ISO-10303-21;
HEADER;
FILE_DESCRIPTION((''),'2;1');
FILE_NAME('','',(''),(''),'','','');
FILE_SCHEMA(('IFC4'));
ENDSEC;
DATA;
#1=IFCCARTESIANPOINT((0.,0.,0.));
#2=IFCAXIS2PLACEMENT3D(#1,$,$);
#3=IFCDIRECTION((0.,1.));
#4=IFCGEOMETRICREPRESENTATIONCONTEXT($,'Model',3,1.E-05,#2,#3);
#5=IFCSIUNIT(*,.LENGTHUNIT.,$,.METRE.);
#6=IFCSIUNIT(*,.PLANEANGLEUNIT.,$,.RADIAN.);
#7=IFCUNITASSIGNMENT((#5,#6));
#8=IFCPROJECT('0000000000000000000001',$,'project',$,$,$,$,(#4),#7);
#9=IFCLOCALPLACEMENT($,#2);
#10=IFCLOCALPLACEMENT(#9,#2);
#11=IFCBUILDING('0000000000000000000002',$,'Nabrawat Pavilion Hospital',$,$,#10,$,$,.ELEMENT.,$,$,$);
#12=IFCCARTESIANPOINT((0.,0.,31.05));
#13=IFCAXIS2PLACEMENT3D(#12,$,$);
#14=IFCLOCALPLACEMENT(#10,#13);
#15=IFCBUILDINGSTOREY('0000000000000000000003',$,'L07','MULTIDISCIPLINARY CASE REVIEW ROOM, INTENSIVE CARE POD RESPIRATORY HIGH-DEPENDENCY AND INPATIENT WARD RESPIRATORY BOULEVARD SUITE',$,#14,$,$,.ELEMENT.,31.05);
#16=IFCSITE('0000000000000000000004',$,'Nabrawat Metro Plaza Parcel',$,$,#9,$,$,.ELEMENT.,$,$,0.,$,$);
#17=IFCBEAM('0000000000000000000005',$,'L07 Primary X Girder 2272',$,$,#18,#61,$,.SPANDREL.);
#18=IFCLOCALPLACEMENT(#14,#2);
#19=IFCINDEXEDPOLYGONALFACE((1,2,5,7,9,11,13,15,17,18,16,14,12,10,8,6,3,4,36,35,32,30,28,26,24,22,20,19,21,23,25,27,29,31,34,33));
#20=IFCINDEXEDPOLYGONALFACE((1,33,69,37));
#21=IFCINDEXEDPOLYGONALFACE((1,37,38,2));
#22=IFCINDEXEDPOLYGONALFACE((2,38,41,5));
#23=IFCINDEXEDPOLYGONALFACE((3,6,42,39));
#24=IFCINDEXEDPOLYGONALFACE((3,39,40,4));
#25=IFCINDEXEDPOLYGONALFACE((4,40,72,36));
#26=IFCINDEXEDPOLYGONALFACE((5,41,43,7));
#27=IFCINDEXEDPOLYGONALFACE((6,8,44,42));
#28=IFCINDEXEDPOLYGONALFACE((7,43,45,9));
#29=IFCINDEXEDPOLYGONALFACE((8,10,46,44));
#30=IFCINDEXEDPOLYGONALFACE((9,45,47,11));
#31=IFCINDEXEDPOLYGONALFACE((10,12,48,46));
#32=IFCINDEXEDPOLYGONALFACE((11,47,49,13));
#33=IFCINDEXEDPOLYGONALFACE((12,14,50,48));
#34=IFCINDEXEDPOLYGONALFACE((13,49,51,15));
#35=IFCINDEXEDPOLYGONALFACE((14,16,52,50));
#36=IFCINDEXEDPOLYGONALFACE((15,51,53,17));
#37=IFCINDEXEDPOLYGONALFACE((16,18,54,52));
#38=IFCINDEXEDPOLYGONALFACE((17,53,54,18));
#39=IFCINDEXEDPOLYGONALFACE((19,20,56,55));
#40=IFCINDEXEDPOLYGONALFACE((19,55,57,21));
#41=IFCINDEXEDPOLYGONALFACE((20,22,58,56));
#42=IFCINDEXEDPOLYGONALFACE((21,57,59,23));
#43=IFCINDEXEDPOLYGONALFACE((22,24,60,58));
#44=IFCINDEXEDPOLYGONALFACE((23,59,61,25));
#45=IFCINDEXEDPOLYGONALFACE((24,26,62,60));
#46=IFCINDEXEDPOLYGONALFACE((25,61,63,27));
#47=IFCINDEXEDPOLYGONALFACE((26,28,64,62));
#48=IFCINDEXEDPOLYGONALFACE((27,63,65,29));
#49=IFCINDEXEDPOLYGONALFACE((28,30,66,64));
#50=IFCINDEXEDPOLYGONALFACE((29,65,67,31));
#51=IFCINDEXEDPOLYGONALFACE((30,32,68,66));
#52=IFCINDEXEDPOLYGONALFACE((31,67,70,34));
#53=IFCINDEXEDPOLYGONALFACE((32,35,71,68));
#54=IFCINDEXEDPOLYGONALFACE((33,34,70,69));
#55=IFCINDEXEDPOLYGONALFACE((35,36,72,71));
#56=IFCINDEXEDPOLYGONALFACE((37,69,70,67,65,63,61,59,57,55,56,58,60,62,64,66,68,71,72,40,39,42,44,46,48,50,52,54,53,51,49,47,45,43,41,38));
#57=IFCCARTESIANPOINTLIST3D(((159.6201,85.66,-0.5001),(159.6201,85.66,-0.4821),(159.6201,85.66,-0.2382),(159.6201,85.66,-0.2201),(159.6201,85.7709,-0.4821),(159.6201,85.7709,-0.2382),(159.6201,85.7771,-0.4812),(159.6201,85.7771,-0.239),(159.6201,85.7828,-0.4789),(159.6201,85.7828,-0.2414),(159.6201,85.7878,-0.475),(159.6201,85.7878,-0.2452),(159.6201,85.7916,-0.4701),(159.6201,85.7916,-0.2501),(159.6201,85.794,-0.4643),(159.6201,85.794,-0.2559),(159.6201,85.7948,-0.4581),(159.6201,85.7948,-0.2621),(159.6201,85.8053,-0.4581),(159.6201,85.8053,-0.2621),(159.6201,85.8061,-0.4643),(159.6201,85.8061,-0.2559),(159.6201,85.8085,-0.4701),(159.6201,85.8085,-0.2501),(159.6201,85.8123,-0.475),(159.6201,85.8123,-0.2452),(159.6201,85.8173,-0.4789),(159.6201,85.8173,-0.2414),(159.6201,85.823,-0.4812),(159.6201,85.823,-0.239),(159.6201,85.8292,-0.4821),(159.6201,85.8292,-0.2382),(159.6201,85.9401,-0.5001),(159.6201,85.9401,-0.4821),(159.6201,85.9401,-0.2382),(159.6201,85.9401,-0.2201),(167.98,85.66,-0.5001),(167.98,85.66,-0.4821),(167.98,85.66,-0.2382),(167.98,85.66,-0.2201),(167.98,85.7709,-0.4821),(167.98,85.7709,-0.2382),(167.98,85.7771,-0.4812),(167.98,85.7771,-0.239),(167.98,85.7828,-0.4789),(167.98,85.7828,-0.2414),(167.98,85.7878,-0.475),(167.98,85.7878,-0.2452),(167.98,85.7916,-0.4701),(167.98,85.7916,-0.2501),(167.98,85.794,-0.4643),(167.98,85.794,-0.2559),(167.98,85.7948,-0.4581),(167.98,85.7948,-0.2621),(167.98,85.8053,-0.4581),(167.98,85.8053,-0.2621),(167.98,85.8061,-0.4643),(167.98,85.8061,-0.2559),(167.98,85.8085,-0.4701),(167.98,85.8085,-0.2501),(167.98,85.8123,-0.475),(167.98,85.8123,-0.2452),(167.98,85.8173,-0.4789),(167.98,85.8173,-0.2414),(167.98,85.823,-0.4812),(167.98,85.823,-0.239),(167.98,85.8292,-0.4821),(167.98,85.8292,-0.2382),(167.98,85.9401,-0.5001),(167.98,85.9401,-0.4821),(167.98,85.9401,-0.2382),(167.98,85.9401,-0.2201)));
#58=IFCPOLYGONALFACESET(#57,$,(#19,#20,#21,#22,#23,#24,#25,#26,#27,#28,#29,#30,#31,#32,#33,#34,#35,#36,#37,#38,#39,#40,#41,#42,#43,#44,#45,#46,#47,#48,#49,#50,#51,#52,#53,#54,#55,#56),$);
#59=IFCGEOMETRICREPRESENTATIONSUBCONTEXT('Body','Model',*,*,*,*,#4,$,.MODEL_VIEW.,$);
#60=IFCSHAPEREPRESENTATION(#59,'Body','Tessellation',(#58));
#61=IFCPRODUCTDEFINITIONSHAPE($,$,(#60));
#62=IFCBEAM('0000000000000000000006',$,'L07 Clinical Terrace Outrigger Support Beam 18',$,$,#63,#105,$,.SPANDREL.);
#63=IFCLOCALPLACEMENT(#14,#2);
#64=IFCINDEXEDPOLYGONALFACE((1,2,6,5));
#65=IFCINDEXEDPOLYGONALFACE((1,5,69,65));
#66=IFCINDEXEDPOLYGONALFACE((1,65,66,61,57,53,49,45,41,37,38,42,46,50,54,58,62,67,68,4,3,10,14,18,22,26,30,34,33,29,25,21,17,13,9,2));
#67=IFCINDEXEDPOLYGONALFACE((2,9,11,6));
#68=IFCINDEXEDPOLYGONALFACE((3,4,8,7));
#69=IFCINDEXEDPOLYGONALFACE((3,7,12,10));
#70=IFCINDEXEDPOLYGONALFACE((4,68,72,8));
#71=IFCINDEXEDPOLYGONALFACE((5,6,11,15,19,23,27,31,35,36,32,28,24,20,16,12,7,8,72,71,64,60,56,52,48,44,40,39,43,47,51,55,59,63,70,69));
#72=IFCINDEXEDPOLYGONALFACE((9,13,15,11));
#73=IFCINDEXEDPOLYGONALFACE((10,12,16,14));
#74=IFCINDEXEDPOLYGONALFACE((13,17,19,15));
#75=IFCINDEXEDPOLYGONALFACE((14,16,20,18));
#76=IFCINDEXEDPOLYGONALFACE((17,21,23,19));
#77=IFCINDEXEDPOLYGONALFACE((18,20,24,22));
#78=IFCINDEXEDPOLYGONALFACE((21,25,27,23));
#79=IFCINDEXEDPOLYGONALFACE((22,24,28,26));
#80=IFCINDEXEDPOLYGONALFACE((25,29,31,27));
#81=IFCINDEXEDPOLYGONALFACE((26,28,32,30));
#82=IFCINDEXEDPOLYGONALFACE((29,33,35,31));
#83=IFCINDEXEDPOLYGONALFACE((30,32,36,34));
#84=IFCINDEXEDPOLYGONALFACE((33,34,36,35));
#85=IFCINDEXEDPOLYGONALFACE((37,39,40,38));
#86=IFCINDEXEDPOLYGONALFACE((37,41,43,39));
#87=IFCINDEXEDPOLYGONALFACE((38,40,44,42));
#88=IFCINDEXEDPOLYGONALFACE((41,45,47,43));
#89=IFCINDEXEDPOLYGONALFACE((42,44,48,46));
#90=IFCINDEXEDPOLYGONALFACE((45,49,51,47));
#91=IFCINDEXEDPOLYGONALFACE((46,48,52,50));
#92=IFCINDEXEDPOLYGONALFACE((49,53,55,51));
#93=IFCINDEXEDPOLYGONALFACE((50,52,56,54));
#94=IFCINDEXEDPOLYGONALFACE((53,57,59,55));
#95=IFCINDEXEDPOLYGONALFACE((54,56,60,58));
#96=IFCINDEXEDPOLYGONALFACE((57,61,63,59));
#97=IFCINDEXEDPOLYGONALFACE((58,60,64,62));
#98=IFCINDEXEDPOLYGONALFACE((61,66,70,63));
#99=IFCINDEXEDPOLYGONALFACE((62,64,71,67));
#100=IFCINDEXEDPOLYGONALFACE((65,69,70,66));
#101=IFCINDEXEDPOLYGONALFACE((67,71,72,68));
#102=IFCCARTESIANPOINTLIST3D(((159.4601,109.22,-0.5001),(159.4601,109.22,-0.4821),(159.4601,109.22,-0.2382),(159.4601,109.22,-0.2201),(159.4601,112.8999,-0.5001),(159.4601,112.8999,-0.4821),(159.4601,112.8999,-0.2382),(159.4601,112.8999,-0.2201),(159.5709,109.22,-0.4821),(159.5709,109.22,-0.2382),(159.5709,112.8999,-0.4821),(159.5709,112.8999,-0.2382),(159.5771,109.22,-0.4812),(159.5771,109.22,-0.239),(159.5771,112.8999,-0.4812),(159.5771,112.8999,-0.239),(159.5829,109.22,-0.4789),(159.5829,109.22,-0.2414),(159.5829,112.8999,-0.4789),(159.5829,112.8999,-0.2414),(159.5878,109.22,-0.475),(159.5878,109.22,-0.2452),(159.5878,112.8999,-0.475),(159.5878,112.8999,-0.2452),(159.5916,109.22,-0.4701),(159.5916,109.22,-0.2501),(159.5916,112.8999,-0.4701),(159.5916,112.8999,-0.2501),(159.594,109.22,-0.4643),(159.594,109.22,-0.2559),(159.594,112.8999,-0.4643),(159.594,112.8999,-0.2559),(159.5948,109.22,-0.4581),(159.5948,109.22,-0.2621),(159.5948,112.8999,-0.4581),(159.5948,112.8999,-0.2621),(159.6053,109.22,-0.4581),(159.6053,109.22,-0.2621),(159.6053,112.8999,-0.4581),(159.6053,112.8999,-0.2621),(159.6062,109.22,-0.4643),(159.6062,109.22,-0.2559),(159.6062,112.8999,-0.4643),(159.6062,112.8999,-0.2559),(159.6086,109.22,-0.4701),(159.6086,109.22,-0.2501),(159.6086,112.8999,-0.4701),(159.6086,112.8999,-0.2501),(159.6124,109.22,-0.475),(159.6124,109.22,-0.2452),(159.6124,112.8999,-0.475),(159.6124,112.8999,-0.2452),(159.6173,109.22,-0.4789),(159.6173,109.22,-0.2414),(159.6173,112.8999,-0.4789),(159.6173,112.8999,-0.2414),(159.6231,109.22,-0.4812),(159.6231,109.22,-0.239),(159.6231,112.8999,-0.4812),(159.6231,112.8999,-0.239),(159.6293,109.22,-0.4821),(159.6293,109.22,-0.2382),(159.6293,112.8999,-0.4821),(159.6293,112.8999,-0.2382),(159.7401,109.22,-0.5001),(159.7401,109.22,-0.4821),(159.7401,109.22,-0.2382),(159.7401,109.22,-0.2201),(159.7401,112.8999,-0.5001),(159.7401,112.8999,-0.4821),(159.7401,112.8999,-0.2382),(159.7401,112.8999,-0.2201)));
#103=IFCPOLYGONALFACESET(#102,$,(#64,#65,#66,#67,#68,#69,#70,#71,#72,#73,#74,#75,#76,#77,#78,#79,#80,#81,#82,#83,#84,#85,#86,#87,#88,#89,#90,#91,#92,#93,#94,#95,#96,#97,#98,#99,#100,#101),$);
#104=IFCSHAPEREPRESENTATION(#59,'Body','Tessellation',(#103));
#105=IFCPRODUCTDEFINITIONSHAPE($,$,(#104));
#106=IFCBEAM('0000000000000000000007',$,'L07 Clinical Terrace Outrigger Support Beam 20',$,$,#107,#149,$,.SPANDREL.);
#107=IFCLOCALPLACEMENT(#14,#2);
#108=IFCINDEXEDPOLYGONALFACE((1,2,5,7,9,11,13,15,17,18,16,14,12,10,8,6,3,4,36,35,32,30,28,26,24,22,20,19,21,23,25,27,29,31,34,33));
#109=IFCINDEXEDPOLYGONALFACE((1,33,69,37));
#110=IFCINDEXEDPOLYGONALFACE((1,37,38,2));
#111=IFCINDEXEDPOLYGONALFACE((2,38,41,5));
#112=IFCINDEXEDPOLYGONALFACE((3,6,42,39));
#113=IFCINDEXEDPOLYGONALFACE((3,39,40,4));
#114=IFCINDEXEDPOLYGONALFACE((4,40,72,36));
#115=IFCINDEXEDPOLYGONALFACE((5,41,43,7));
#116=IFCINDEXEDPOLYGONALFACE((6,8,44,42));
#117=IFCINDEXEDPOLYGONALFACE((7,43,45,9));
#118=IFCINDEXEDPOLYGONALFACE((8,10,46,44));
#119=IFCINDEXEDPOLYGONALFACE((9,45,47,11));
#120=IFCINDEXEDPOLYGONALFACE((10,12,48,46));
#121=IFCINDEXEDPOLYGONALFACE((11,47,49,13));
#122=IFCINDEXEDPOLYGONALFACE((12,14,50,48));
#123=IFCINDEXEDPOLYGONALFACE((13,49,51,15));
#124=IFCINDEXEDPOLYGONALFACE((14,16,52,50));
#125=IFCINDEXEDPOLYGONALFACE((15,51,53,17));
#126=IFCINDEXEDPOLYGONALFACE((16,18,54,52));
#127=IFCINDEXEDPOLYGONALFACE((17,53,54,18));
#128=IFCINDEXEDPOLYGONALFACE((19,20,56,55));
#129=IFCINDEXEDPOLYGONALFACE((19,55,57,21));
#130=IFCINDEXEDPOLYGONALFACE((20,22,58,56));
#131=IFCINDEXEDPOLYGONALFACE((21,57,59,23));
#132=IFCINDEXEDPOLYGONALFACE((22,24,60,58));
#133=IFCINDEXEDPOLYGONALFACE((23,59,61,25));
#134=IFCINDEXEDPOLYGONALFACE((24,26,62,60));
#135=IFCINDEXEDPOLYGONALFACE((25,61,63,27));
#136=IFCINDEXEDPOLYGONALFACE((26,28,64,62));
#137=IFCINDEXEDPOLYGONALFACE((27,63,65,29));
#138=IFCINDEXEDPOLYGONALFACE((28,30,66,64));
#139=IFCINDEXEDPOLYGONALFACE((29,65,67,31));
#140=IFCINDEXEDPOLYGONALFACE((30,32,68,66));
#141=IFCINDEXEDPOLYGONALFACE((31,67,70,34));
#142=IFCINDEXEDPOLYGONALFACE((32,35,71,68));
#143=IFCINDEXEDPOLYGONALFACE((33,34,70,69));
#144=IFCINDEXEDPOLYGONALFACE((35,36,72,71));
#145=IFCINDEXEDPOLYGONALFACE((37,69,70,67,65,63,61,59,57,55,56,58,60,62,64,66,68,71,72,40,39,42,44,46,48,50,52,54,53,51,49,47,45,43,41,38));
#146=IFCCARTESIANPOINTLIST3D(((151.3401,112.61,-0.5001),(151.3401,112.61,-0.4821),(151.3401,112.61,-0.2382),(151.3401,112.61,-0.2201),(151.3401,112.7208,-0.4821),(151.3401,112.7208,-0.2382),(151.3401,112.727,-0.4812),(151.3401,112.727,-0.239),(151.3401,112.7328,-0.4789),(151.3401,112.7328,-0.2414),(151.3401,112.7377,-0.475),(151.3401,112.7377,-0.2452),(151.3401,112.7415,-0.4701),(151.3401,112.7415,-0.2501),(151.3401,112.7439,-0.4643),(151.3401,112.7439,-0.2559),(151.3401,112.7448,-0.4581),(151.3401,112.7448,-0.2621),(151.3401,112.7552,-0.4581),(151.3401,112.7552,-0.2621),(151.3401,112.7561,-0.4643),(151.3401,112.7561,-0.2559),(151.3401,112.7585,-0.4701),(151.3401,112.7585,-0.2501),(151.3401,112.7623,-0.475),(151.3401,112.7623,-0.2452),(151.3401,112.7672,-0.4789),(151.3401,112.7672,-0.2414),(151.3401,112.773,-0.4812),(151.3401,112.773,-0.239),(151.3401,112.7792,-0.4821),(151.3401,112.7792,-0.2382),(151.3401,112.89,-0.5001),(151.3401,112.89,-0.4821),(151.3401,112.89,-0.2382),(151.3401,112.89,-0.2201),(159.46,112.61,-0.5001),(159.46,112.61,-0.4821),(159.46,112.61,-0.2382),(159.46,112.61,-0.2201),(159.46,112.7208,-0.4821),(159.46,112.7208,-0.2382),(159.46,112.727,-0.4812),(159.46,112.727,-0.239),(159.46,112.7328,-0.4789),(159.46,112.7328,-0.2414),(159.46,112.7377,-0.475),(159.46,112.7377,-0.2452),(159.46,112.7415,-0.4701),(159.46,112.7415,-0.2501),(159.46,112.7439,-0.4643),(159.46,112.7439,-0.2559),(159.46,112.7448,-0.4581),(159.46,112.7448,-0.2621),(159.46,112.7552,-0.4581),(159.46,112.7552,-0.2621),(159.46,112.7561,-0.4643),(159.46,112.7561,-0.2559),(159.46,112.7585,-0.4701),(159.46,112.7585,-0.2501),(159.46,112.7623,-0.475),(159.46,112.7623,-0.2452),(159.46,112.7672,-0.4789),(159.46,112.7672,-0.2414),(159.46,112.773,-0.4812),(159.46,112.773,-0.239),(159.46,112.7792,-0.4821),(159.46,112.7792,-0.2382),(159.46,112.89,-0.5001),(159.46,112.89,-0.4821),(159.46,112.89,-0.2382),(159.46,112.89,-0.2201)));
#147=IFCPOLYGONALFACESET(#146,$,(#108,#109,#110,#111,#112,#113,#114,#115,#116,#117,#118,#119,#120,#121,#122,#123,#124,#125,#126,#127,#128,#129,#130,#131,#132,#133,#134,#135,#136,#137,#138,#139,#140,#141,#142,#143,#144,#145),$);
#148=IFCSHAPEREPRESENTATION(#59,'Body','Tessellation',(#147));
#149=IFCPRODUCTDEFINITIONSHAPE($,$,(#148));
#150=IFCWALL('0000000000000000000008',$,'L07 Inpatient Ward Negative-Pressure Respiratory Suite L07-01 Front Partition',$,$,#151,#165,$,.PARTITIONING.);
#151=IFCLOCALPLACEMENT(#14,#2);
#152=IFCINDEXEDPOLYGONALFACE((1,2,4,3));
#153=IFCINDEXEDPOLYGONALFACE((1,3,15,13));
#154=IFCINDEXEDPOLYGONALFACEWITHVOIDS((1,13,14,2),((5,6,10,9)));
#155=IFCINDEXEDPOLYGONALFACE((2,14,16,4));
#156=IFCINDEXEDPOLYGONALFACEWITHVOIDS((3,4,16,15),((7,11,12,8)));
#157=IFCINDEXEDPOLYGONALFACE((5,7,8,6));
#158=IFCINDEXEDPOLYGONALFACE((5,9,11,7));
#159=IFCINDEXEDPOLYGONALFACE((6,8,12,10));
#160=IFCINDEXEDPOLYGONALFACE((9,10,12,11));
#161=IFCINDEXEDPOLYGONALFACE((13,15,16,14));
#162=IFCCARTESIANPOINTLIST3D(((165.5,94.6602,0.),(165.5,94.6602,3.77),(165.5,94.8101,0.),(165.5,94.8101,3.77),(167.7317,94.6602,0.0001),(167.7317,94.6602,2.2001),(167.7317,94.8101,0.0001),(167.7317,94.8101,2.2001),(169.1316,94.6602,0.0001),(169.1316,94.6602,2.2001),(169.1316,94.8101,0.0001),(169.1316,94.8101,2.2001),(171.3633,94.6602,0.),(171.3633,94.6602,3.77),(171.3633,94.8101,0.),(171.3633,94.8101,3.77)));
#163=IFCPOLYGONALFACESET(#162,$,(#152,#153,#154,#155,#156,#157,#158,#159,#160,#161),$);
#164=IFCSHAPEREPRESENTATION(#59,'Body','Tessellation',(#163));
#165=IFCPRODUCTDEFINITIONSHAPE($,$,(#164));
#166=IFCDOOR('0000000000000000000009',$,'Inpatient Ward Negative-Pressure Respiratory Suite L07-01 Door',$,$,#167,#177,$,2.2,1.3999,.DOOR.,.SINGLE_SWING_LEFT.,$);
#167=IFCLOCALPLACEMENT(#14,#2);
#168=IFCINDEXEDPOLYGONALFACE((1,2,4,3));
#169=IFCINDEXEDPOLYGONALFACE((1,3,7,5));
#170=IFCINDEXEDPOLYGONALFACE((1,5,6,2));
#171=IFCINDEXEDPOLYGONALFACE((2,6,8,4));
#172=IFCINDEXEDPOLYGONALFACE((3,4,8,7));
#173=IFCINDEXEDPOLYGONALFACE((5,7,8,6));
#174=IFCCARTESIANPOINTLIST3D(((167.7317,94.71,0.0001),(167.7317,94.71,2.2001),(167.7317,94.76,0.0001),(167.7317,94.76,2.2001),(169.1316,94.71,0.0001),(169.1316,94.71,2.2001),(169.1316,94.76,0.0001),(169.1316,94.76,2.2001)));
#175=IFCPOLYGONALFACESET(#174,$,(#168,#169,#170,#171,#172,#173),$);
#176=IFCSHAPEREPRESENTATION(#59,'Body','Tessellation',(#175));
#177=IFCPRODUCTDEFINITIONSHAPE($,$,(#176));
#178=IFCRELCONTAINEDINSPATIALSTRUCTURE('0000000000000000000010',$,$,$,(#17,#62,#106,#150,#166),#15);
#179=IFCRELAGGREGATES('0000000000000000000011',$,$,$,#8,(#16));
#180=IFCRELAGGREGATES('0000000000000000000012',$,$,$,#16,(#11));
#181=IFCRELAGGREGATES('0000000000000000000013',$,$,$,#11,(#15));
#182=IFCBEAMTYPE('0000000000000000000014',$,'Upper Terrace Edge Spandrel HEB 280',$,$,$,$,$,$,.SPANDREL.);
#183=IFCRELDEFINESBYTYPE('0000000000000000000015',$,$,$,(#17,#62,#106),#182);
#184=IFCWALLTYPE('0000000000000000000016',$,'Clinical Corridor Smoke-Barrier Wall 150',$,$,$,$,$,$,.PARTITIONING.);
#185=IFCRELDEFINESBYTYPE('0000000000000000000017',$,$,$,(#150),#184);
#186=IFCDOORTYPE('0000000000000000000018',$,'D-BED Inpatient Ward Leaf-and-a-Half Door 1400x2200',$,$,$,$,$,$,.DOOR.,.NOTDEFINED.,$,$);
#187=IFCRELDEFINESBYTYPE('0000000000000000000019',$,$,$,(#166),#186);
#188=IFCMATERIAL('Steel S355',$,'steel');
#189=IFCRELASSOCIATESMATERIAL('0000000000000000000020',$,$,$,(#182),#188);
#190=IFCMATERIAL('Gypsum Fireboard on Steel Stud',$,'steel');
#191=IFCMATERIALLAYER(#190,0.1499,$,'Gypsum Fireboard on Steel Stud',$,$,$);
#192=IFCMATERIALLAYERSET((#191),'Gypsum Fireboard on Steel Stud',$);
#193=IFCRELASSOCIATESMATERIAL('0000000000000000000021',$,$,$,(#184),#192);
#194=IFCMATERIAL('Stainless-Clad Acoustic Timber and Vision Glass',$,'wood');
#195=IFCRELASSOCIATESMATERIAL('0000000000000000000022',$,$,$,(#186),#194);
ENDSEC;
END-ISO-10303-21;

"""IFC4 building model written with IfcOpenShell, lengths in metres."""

from ifc_helpers import new_model, si_unit, direction, frame, frame_2d, origin, origin_2d, place, context, subcontext, project, spatial, rectangle, i_section, extrude, material, layer, layer_set, material_profile, profile_set, type_object, element, fill, save


model = new_model("IFC4")

# Units and contexts
model_context = context("Model", 3, precision=1e-05, world=origin(), true_north=direction((0.0, 1.0)))
body_context = subcontext(model_context, "Body", "Model", "MODEL_VIEW")
ifc_project = project(units=[si_unit("LENGTHUNIT", "METRE"), si_unit("PLANEANGLEUNIT", "RADIAN")], contexts=[model_context])

# Site, building, storey
site_placement = place(None, origin())
site = spatial("IfcSite", under=ifc_project, at=site_placement, Name="Nabrawat Metro Plaza Parcel", CompositionType="ELEMENT", RefElevation=0.0)
building_placement = place(site_placement, origin())
building = spatial("IfcBuilding", under=site, at=building_placement, Name="Nabrawat Pavilion Hospital", CompositionType="ELEMENT")
storey_placement = place(building_placement, frame((0.0, 0.0, 31.05)))
storey = spatial("IfcBuildingStorey", under=building, at=storey_placement, Name="L07", Description="MULTIDISCIPLINARY CASE REVIEW ROOM, INTENSIVE CARE POD RESPIRATORY HIGH-DEPENDENCY AND INPATIENT WARD RESPIRATORY BOULEVARD SUITE", CompositionType="ELEMENT", Elevation=31.05)

# Shared definitions
ifc_material_1 = material(Name="Steel S355", Category="steel")

# Beams
ifc_material_profile_1 = material_profile(ifc_material_1, i_section(OverallWidth=0.28, OverallDepth=0.28, WebThickness=0.0105, FlangeThickness=0.0181, FilletRadius=0.0239, at=origin_2d()), Name="HEB 280")
ifc_profile_set_1 = profile_set([ifc_material_profile_1], Name="Steel S355")
beam_type_1 = type_object("IfcBeamType", Name="Upper Terrace Edge Spandrel HEB 280", PredefinedType="SPANDREL", material=ifc_profile_set_1)
beam_1_placement = place(storey_placement, frame((159.6201, 85.8, -0.3601), z_axis=(1.0, 0.0, 0.0), x_axis=(0.0, 1.0, 0.0)))
element("IfcBeam", 1, at=beam_1_placement, inside=storey, type_object=beam_type_1, Name="L07 Primary X Girder 2272", PredefinedType="SPANDREL", context=body_context, shape_type="SweptSolid", body=[
    extrude(i_section(OverallWidth=0.28, OverallDepth=0.28, WebThickness=0.0105, FlangeThickness=0.0181, FilletRadius=0.0239, at=origin_2d()), origin(), (0.0, 0.0, 1.0), 8.3599),
])
beam_2_placement = place(storey_placement, frame((159.6001, 109.22, -0.3601), z_axis=(0.0, 1.0, 0.0), x_axis=(-1.0, 0.0, 0.0)))
element("IfcBeam", 2, at=beam_2_placement, inside=storey, type_object=beam_type_1, Name="L07 Clinical Terrace Outrigger Support Beam 18", PredefinedType="SPANDREL", context=body_context, shape_type="SweptSolid", body=[
    extrude(i_section(OverallWidth=0.28, OverallDepth=0.28, WebThickness=0.0105, FlangeThickness=0.0181, FilletRadius=0.0239, at=origin_2d()), origin(), (0.0, 0.0, 1.0), 3.6799),
])
beam_3_placement = place(storey_placement, frame((151.3401, 112.75, -0.3601), z_axis=(1.0, 0.0, 0.0), x_axis=(0.0, 1.0, 0.0)))
element("IfcBeam", 3, at=beam_3_placement, inside=storey, type_object=beam_type_1, Name="L07 Clinical Terrace Outrigger Support Beam 20", PredefinedType="SPANDREL", context=body_context, shape_type="SweptSolid", body=[
    extrude(i_section(OverallWidth=0.28, OverallDepth=0.28, WebThickness=0.0105, FlangeThickness=0.0181, FilletRadius=0.0239, at=origin_2d()), origin(), (0.0, 0.0, 1.0), 8.1199),
])

# Wall, opening, door
ifc_material_2 = material(Name="Gypsum Fireboard on Steel Stud", Category="steel")
ifc_layer_1 = layer(ifc_material_2, 0.1499, Name="Gypsum Fireboard on Steel Stud")
ifc_layer_set_1 = layer_set([ifc_layer_1], Name="Gypsum Fireboard on Steel Stud")
wall_type_1 = type_object("IfcWallType", Name="Clinical Corridor Smoke-Barrier Wall 150", PredefinedType="PARTITIONING", material=ifc_layer_set_1)
wall_1_placement = place(storey_placement, frame((165.5, 94.7351, 0.0), z_axis=(0.0, 0.0, 1.0), x_axis=(1.0, 0.0, 0.0)))
wall_1 = element("IfcWall", 4, at=wall_1_placement, inside=storey, type_object=wall_type_1, Name="L07 Inpatient Ward Negative-Pressure Respiratory Suite L07-01 Front Partition", PredefinedType="PARTITIONING", context=body_context, shape_type="SweptSolid", body=[
    extrude(rectangle(XDim=5.8633, YDim=0.1499, at=frame_2d((2.9316, 0.0))), origin(), (0.0, 0.0, 1.0), 3.77),
])
opening_1_placement = place(wall_1_placement, frame((2.2317, 0.0, 0.0)))
opening_1 = element("IfcOpeningElement", 5, at=opening_1_placement, cuts=wall_1, PredefinedType="OPENING", context=body_context, shape_type="SweptSolid", body=[
    extrude(rectangle(XDim=1.3999, YDim=2.2, at=frame_2d((0.7, 1.1001))), frame((0.0, 0.085, 0.0), z_axis=(0.0, -1.0, 0.0), x_axis=(1.0, 0.0, 0.0)), (0.0, 0.0, 1.0), 0.1699),
])
ifc_material_3 = material(Name="Stainless-Clad Acoustic Timber and Vision Glass", Category="wood")
door_type_1 = type_object("IfcDoorType", Name="D-BED Inpatient Ward Leaf-and-a-Half Door 1400x2200", OperationType="NOTDEFINED", PredefinedType="DOOR", material=ifc_material_3)
door_1_placement = place(opening_1_placement, origin())
door_1 = element("IfcDoor", 6, at=door_1_placement, inside=storey, type_object=door_type_1, Name="Inpatient Ward Negative-Pressure Respiratory Suite L07-01 Door", OperationType="SINGLE_SWING_LEFT", OverallHeight=2.2, OverallWidth=1.3999, PredefinedType="DOOR", context=body_context, shape_type="SweptSolid", body=[
    extrude(rectangle(XDim=1.3999, YDim=2.2, at=frame_2d((0.7, 1.1001))), frame((0.0, 0.0249, 0.0), z_axis=(0.0, -1.0, 0.0), x_axis=(1.0, 0.0, 0.0)), (0.0, 0.0, 1.0), 0.05),
])
fill(opening_1, door_1)

save(model, "model.ifc")
